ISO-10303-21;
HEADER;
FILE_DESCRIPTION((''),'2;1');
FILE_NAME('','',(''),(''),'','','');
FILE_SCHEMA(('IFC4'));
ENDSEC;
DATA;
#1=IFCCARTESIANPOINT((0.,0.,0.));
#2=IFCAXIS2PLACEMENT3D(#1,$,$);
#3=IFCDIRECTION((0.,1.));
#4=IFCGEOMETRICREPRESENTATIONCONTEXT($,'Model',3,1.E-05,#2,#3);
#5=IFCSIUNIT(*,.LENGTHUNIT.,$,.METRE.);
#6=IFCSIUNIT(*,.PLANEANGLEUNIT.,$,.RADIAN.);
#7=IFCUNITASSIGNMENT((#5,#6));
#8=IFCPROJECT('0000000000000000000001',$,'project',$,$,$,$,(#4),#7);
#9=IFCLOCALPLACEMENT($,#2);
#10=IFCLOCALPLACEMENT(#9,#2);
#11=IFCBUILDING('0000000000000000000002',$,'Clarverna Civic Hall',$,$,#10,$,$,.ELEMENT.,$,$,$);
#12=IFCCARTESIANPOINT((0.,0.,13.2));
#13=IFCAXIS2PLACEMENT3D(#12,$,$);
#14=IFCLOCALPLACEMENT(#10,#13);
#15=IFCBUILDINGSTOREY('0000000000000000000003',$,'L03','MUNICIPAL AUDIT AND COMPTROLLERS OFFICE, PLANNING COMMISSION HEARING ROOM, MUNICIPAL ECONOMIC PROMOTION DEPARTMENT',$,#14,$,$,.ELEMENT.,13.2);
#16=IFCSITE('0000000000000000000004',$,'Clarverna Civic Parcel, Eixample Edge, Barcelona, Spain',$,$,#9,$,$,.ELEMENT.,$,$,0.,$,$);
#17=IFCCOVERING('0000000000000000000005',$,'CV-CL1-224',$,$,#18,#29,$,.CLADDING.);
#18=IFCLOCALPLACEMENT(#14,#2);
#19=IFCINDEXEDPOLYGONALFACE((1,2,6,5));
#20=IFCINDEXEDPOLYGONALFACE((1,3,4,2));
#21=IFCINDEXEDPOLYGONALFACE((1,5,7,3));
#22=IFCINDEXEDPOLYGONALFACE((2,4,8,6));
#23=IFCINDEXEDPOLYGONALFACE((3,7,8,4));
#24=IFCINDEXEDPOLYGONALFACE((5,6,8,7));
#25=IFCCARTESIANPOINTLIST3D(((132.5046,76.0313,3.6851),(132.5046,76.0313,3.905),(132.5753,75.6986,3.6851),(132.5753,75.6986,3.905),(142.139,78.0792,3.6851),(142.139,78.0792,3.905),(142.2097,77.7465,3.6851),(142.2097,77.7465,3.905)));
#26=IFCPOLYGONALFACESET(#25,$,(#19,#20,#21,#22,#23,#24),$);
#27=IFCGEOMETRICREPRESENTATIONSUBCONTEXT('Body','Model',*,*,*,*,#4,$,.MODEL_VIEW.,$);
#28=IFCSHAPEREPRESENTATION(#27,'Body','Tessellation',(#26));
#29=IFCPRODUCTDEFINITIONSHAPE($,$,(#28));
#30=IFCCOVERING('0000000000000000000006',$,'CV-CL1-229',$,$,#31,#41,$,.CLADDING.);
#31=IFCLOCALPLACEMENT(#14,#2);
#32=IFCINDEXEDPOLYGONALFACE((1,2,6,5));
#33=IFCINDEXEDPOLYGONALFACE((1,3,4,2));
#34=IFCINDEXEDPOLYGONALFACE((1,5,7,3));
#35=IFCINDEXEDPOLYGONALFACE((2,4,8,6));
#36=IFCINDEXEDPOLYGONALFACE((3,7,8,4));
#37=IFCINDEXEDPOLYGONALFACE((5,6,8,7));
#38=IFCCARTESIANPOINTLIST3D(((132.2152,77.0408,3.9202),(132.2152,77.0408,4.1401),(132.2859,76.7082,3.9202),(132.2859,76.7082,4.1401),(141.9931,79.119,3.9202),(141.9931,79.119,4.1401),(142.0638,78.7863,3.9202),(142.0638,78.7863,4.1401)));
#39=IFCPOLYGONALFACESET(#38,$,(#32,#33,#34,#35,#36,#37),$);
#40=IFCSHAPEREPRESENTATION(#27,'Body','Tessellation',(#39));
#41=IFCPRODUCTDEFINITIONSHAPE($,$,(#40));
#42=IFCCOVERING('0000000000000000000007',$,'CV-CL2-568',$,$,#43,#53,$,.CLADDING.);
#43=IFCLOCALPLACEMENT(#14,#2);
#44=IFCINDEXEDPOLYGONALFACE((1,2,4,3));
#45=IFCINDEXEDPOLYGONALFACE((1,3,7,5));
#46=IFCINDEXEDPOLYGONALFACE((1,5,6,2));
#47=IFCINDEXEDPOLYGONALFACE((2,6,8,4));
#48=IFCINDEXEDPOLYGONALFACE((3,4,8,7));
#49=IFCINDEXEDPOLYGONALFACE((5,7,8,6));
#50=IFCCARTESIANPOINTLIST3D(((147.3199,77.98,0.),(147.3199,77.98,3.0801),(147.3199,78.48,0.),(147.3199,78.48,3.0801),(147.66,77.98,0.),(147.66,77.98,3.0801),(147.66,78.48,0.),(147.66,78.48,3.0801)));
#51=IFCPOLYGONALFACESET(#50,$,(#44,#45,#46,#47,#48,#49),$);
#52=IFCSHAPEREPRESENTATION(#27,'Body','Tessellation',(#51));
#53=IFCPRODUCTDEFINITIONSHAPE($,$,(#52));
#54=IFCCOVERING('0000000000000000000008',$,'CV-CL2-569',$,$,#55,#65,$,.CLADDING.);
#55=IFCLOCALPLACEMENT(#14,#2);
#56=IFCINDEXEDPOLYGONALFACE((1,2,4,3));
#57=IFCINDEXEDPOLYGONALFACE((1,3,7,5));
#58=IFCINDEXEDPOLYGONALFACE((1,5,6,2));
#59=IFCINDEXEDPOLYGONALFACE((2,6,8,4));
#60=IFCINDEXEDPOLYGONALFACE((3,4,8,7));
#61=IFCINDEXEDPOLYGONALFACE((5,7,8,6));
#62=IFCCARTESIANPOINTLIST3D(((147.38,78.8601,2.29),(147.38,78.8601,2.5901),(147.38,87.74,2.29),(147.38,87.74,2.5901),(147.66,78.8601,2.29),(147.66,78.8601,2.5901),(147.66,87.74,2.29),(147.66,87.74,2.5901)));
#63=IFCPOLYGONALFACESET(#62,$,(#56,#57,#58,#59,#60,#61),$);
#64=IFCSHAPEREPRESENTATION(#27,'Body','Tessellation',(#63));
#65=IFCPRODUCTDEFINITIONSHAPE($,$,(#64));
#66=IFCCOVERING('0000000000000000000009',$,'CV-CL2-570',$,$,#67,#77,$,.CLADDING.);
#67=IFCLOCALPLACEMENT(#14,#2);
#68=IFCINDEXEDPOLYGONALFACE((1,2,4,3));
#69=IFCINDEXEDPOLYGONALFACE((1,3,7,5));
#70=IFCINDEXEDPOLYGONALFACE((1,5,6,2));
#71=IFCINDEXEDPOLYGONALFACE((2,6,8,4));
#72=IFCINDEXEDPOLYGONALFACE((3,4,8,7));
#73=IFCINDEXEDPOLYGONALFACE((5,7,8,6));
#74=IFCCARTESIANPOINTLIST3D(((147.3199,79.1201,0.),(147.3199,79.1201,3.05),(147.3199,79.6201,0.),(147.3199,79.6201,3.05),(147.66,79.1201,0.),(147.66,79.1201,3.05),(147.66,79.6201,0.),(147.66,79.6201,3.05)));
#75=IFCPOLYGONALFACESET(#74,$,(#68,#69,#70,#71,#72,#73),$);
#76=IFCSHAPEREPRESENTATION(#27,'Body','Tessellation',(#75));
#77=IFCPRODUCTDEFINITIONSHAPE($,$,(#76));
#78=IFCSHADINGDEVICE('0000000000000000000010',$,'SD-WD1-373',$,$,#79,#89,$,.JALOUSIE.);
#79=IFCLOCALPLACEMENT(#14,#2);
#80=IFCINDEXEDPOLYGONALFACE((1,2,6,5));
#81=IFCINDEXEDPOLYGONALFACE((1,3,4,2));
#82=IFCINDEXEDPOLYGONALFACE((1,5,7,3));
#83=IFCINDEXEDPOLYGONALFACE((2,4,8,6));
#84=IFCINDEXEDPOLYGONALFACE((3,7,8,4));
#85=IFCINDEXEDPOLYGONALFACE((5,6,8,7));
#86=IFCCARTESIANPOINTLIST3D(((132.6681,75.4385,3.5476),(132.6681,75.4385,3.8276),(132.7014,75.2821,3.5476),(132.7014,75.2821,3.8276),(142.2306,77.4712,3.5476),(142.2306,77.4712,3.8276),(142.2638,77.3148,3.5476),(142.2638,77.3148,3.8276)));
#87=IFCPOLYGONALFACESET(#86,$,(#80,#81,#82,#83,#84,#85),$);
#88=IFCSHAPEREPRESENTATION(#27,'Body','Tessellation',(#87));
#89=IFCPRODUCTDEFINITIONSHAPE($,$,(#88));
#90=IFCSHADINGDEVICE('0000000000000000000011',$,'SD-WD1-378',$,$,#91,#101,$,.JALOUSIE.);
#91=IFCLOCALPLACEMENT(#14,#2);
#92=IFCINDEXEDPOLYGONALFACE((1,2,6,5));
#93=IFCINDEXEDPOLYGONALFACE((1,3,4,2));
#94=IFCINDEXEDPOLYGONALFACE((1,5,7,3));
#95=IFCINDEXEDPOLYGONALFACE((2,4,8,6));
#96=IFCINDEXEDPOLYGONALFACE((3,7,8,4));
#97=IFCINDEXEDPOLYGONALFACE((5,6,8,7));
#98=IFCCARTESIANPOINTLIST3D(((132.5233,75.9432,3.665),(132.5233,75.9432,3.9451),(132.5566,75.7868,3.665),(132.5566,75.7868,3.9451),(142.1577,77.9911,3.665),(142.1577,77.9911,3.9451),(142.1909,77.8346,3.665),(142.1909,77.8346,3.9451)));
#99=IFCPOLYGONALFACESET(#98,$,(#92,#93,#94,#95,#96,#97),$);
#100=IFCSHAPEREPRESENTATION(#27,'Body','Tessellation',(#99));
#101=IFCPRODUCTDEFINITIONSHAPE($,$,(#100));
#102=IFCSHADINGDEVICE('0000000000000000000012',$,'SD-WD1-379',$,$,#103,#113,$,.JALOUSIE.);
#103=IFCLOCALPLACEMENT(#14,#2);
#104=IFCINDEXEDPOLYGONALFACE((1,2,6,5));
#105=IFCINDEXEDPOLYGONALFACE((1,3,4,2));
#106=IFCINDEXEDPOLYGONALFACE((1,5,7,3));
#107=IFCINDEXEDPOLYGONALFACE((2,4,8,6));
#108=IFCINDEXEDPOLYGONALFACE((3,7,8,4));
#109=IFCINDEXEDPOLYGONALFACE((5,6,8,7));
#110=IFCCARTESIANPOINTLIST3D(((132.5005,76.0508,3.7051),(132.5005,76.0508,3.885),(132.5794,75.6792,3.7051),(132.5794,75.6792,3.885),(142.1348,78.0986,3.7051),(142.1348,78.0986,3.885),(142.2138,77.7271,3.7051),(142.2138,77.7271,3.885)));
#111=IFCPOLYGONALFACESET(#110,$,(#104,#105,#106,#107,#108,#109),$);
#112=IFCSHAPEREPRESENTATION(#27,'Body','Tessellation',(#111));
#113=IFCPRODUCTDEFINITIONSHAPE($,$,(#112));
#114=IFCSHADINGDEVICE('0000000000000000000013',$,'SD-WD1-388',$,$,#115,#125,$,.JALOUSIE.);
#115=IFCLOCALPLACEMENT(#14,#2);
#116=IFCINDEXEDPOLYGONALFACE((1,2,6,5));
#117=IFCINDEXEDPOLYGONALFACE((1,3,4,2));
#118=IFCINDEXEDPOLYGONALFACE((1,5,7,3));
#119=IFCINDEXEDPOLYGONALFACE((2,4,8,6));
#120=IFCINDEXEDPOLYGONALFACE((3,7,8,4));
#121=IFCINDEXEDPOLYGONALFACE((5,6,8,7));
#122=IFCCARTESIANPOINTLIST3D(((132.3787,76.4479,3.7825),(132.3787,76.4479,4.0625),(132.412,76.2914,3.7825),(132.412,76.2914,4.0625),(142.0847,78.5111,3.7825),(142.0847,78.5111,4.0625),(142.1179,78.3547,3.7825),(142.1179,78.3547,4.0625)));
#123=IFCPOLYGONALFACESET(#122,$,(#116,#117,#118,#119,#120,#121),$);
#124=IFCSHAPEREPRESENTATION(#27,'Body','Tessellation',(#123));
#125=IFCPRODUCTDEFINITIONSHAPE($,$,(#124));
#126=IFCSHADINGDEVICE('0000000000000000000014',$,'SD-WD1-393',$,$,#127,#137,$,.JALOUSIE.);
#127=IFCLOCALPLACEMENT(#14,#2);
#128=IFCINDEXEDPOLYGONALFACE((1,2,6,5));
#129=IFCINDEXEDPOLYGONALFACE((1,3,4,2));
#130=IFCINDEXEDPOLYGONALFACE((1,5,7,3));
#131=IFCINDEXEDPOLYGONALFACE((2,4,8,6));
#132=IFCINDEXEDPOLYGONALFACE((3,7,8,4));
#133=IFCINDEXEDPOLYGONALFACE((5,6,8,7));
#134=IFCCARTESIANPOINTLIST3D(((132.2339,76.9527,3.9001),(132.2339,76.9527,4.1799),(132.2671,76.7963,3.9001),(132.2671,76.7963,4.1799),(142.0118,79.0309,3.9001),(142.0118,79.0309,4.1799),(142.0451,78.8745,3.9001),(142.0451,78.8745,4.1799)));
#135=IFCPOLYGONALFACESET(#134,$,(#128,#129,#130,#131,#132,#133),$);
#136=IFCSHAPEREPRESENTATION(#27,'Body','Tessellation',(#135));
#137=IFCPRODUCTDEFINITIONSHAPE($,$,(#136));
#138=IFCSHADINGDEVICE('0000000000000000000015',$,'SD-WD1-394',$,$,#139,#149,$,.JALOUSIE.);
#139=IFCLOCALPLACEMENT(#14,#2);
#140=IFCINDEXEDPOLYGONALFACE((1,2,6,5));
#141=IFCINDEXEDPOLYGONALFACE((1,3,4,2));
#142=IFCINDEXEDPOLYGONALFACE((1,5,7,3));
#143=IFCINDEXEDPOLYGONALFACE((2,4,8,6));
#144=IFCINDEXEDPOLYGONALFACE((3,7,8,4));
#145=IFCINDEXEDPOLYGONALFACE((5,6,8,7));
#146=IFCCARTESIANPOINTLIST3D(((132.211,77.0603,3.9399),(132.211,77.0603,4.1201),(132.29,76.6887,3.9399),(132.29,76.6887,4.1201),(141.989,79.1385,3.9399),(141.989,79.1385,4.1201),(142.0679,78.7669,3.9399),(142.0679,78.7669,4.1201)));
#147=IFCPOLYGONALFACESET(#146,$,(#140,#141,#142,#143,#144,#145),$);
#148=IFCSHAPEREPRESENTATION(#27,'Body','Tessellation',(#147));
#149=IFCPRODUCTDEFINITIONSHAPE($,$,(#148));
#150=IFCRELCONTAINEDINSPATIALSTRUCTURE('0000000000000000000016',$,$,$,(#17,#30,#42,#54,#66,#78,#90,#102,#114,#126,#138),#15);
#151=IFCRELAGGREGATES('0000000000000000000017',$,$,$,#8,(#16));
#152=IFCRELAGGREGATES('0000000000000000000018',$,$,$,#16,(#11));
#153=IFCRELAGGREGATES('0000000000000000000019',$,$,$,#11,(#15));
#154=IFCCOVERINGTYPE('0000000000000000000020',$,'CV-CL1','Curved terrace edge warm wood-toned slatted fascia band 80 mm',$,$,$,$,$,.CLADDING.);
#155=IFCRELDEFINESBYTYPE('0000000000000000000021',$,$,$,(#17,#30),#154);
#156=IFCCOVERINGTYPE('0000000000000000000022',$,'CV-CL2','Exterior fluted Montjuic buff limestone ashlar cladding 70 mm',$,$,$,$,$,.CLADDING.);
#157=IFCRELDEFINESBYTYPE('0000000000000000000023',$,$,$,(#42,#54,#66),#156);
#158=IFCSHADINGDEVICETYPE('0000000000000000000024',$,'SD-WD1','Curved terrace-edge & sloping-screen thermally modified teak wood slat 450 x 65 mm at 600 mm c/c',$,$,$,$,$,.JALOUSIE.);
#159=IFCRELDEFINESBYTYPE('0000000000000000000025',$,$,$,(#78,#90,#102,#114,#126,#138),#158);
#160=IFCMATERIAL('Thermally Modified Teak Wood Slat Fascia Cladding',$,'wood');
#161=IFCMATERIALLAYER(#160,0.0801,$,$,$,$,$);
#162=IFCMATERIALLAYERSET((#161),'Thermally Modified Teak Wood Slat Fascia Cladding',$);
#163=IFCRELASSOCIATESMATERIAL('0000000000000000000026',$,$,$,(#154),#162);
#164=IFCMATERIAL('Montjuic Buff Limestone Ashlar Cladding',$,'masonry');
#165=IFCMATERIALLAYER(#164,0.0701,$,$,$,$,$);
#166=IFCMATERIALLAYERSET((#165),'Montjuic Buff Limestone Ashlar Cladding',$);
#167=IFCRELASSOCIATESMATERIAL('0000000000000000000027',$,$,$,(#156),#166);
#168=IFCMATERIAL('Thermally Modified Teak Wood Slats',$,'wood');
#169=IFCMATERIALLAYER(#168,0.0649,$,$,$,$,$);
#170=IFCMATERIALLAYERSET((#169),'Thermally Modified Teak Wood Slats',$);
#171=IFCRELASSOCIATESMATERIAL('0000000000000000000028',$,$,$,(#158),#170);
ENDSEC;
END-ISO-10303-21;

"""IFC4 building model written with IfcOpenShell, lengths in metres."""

from ifc_helpers import new_model, si_unit, direction, frame, frame_2d, origin, place, context, subcontext, project, spatial, rectangle, extrude, material, layer, layer_set, type_object, element, save


model = new_model("IFC4")

# Units and contexts
model_context = context("Model", 3, precision=1e-05, world=origin(), true_north=direction((0.0, 1.0)))
body_context = subcontext(model_context, "Body", "Model", "MODEL_VIEW")
ifc_project = project(units=[si_unit("LENGTHUNIT", "METRE"), si_unit("PLANEANGLEUNIT", "RADIAN")], contexts=[model_context])

# Site, building, storey
site_placement = place(None, origin())
site = spatial("IfcSite", under=ifc_project, at=site_placement, Name="Clarverna Civic Parcel, Eixample Edge, Barcelona, Spain", CompositionType="ELEMENT", RefElevation=0.0)
building_placement = place(site_placement, origin())
building = spatial("IfcBuilding", under=site, at=building_placement, Name="Clarverna Civic Hall", CompositionType="ELEMENT")
storey_placement = place(building_placement, frame((0.0, 0.0, 13.2)))
storey = spatial("IfcBuildingStorey", under=building, at=storey_placement, Name="L03", Description="MUNICIPAL AUDIT AND COMPTROLLERS OFFICE, PLANNING COMMISSION HEARING ROOM, MUNICIPAL ECONOMIC PROMOTION DEPARTMENT", CompositionType="ELEMENT", Elevation=13.2)

# Coverings
ifc_material_1 = material(Name="Thermally Modified Teak Wood Slat Fascia Cladding", Category="wood")
ifc_layer_1 = layer(ifc_material_1, 0.0801)
ifc_layer_set_1 = layer_set([ifc_layer_1], Name="Thermally Modified Teak Wood Slat Fascia Cladding")
covering_type_1 = type_object("IfcCoveringType", Name="CV-CL1", Description="Curved terrace edge warm wood-toned slatted fascia band 80 mm", PredefinedType="CLADDING", material=ifc_layer_set_1)
covering_1_placement = place(storey_placement, frame((142.1743, 77.9128, 3.6851), z_axis=(0.0, 0.0, 1.0), x_axis=(-0.978147, -0.207914, 0.0)))
element("IfcCovering", 1, at=covering_1_placement, inside=storey, type_object=covering_type_1, Name="CV-CL1-224", PredefinedType="CLADDING", context=body_context, shape_type="SweptSolid", body=[
    extrude(rectangle(XDim=9.8496, YDim=0.3401, at=frame_2d((4.9248, 0.0))), origin(), (0.0, 0.0, 1.0), 0.22),
])
covering_2_placement = place(storey_placement, frame((142.0283, 78.9526, 3.9202), z_axis=(0.0, 0.0, 1.0), x_axis=(-0.978152, -0.207891, 0.0)))
element("IfcCovering", 2, at=covering_2_placement, inside=storey, type_object=covering_type_1, Name="CV-CL1-229", PredefinedType="CLADDING", context=body_context, shape_type="SweptSolid", body=[
    extrude(rectangle(XDim=9.9963, YDim=0.3401, at=frame_2d((4.998, 0.0))), origin(), (0.0, 0.0, 1.0), 0.22),
])
ifc_material_2 = material(Name="Montjuic Buff Limestone Ashlar Cladding", Category="masonry")
ifc_layer_2 = layer(ifc_material_2, 0.0701)
ifc_layer_set_2 = layer_set([ifc_layer_2], Name="Montjuic Buff Limestone Ashlar Cladding")
covering_type_2 = type_object("IfcCoveringType", Name="CV-CL2", Description="Exterior fluted Montjuic buff limestone ashlar cladding 70 mm", PredefinedType="CLADDING", material=ifc_layer_set_2)
covering_3_placement = place(storey_placement, frame((147.49, 77.98, 0.0), z_axis=(0.0, 0.0, 1.0), x_axis=(0.0, 1.0, 0.0)))
element("IfcCovering", 3, at=covering_3_placement, inside=storey, type_object=covering_type_2, Name="CV-CL2-568", PredefinedType="CLADDING", context=body_context, shape_type="SweptSolid", body=[
    extrude(rectangle(XDim=0.5, YDim=0.3401, at=frame_2d((0.25, 0.0))), origin(), (0.0, 0.0, 1.0), 3.0801),
])
covering_4_placement = place(storey_placement, frame((147.52, 78.8601, 2.29), z_axis=(0.0, 0.0, 1.0), x_axis=(0.0, 1.0, 0.0)))
element("IfcCovering", 4, at=covering_4_placement, inside=storey, type_object=covering_type_2, Name="CV-CL2-569", PredefinedType="CLADDING", context=body_context, shape_type="SweptSolid", body=[
    extrude(rectangle(XDim=8.8799, YDim=0.28, at=frame_2d((4.4399, 0.0))), origin(), (0.0, 0.0, 1.0), 0.3),
])
covering_5_placement = place(storey_placement, frame((147.49, 79.1201, 0.0), z_axis=(0.0, 0.0, 1.0), x_axis=(0.0, 1.0, 0.0)))
element("IfcCovering", 5, at=covering_5_placement, inside=storey, type_object=covering_type_2, Name="CV-CL2-570", PredefinedType="CLADDING", context=body_context, shape_type="SweptSolid", body=[
    extrude(rectangle(XDim=0.5, YDim=0.3401, at=frame_2d((0.25, 0.0))), origin(), (0.0, 0.0, 1.0), 3.05),
])

# Shading devices
ifc_material_3 = material(Name="Thermally Modified Teak Wood Slats", Category="wood")
ifc_layer_3 = layer(ifc_material_3, 0.0649)
ifc_layer_set_3 = layer_set([ifc_layer_3], Name="Thermally Modified Teak Wood Slats")
shading_device_type = type_object("IfcShadingDeviceType", Name="SD-WD1", Description="Curved terrace-edge & sloping-screen thermally modified teak wood slat 450 x 65 mm at 600 mm c/c", PredefinedType="JALOUSIE", material=ifc_layer_set_3)
shading_device_1_placement = place(storey_placement, frame((142.2473, 77.3931, 3.5476), z_axis=(0.0, 0.0, 1.0), x_axis=(-0.978145, -0.207926, 0.0)))
element("IfcShadingDevice", 6, at=shading_device_1_placement, inside=storey, type_object=shading_device_type, Name="SD-WD1-373", PredefinedType="JALOUSIE", context=body_context, shape_type="SweptSolid", body=[
    extrude(rectangle(XDim=9.7761, YDim=0.1599, at=frame_2d((4.8882, 0.0))), origin(), (0.0, 0.0, 1.0), 0.28),
])
shading_device_2_placement = place(storey_placement, frame((142.1743, 77.9128, 3.665), z_axis=(0.0, 0.0, 1.0), x_axis=(-0.978147, -0.207914, 0.0)))
element("IfcShadingDevice", 7, at=shading_device_2_placement, inside=storey, type_object=shading_device_type, Name="SD-WD1-378", PredefinedType="JALOUSIE", context=body_context, shape_type="SweptSolid", body=[
    extrude(rectangle(XDim=9.8496, YDim=0.1599, at=frame_2d((4.9248, 0.0))), origin(), (0.0, 0.0, 1.0), 0.28),
])
shading_device_3_placement = place(storey_placement, frame((142.1743, 77.9128, 3.7051), z_axis=(0.0, 0.0, 1.0), x_axis=(-0.978147, -0.207914, 0.0)))
element("IfcShadingDevice", 8, at=shading_device_3_placement, inside=storey, type_object=shading_device_type, Name="SD-WD1-379", PredefinedType="JALOUSIE", context=body_context, shape_type="SweptSolid", body=[
    extrude(rectangle(XDim=9.8496, YDim=0.3799, at=frame_2d((4.9248, 0.0))), origin(), (0.0, 0.0, 1.0), 0.1799),
])
shading_device_4_placement = place(storey_placement, frame((142.1013, 78.4329, 3.7825), z_axis=(0.0, 0.0, 1.0), x_axis=(-0.978145, -0.207926, 0.0)))
element("IfcShadingDevice", 9, at=shading_device_4_placement, inside=storey, type_object=shading_device_type, Name="SD-WD1-388", PredefinedType="JALOUSIE", context=body_context, shape_type="SweptSolid", body=[
    extrude(rectangle(XDim=9.9229, YDim=0.1599, at=frame_2d((4.9614, 0.0))), origin(), (0.0, 0.0, 1.0), 0.28),
])
shading_device_5_placement = place(storey_placement, frame((142.0283, 78.9526, 3.9001), z_axis=(0.0, 0.0, 1.0), x_axis=(-0.978152, -0.207891, 0.0)))
element("IfcShadingDevice", 10, at=shading_device_5_placement, inside=storey, type_object=shading_device_type, Name="SD-WD1-393", PredefinedType="JALOUSIE", context=body_context, shape_type="SweptSolid", body=[
    extrude(rectangle(XDim=9.9963, YDim=0.1599, at=frame_2d((4.998, 0.0))), origin(), (0.0, 0.0, 1.0), 0.2798),
])
shading_device_6_placement = place(storey_placement, frame((142.0283, 78.9526, 3.9399), z_axis=(0.0, 0.0, 1.0), x_axis=(-0.978152, -0.207891, 0.0)))
element("IfcShadingDevice", 11, at=shading_device_6_placement, inside=storey, type_object=shading_device_type, Name="SD-WD1-394", PredefinedType="JALOUSIE", context=body_context, shape_type="SweptSolid", body=[
    extrude(rectangle(XDim=9.9963, YDim=0.3799, at=frame_2d((4.998, 0.0))), origin(), (0.0, 0.0, 1.0), 0.1802),
])

save(model, "model.ifc")
